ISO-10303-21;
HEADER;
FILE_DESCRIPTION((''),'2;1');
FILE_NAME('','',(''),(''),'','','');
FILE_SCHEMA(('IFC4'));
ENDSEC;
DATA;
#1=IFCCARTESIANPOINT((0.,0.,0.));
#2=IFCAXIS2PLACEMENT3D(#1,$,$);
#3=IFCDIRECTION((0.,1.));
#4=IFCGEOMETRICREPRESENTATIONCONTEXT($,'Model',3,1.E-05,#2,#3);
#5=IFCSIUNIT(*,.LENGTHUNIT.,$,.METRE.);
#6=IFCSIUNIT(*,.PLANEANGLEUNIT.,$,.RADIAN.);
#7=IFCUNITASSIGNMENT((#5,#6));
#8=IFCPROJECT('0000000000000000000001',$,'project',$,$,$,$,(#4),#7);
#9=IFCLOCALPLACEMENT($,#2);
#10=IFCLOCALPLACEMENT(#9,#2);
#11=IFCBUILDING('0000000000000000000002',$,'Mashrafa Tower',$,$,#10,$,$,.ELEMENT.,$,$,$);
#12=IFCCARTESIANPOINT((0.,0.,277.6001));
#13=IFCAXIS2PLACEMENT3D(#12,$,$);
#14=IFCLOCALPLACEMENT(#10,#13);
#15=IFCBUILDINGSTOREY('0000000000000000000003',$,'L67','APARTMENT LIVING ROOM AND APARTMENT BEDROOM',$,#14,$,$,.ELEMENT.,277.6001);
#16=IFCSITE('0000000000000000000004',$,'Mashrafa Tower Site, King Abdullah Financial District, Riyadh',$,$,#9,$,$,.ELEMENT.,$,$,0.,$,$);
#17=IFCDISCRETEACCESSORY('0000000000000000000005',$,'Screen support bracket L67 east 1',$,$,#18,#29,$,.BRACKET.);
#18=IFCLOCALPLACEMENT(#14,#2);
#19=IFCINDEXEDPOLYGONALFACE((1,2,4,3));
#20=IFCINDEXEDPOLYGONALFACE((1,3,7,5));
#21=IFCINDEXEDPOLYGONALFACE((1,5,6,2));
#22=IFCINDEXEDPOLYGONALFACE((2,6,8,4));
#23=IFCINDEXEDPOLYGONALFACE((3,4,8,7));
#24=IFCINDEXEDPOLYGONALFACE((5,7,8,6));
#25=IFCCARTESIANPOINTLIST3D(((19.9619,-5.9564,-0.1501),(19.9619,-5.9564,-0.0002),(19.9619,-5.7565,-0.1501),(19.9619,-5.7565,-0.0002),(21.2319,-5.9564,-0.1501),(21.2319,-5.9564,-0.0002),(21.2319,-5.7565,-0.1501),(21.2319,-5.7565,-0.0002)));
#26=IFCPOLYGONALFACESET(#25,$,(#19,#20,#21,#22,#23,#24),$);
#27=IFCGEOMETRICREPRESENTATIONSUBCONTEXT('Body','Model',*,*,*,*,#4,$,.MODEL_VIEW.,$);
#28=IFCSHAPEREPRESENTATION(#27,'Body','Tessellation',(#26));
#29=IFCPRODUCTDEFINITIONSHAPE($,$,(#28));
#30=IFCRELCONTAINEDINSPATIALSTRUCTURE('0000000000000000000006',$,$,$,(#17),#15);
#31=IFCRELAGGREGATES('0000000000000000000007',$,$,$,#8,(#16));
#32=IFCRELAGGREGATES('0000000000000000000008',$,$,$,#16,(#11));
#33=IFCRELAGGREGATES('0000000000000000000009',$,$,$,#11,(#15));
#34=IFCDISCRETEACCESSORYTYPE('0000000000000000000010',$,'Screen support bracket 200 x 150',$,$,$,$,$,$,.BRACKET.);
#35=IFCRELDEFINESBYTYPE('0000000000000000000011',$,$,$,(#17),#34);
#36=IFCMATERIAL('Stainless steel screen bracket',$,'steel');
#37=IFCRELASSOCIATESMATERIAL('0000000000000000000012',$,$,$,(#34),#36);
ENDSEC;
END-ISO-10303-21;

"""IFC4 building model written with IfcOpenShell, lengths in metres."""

from ifc_helpers import new_model, si_unit, direction, frame, origin, origin_2d, place, context, subcontext, project, spatial, rectangle, extrude, source, transform, mapped, material, type_object, type_shapes, element, save


model = new_model("IFC4")

# Units and contexts
model_context = context("Model", 3, precision=1e-05, world=origin(), true_north=direction((0.0, 1.0)))
body_context = subcontext(model_context, "Body", "Model", "MODEL_VIEW")
ifc_project = project(units=[si_unit("LENGTHUNIT", "METRE"), si_unit("PLANEANGLEUNIT", "RADIAN")], contexts=[model_context])

# Site, building, storey
site_placement = place(None, origin())
site = spatial("IfcSite", under=ifc_project, at=site_placement, Name="Mashrafa Tower Site, King Abdullah Financial District, Riyadh", CompositionType="ELEMENT", RefElevation=0.0)
building_placement = place(site_placement, origin())
building = spatial("IfcBuilding", under=site, at=building_placement, Name="Mashrafa Tower", CompositionType="ELEMENT")
storey_placement = place(building_placement, frame((0.0, 0.0, 277.6001)))
storey = spatial("IfcBuildingStorey", under=building, at=storey_placement, Name="L67", Description="APARTMENT LIVING ROOM AND APARTMENT BEDROOM", CompositionType="ELEMENT", Elevation=277.6001)

# Discrete accessory
ifc_material_1 = material(Name="Stainless steel screen bracket", Category="steel")
discrete_accessory_type = type_object("IfcDiscreteAccessoryType", Name="Screen support bracket 200 x 150", PredefinedType="BRACKET", material=ifc_material_1)
shared_shape_1 = source(origin(), body_context, "Body", "SweptSolid", [
    extrude(rectangle(XDim=0.2, YDim=1.27, at=origin_2d()), origin(), (0.0, 0.0, 1.0), 0.1499),
])
type_shapes(discrete_accessory_type, [shared_shape_1])
discrete_accessory_placement = place(storey_placement, frame((20.5969, -5.8564, -0.1501), z_axis=(0.0, 0.0, 1.0), x_axis=(0.0, 1.0, 0.0)))
element("IfcDiscreteAccessory", 1, at=discrete_accessory_placement, inside=storey, type_object=discrete_accessory_type, Name="Screen support bracket L67 east 1", PredefinedType="BRACKET", context=body_context, shape_type="MappedRepresentation", body=[
    mapped(shared_shape_1, transform((0.0, 0.0, 0.0))),
])

save(model, "model.ifc")
